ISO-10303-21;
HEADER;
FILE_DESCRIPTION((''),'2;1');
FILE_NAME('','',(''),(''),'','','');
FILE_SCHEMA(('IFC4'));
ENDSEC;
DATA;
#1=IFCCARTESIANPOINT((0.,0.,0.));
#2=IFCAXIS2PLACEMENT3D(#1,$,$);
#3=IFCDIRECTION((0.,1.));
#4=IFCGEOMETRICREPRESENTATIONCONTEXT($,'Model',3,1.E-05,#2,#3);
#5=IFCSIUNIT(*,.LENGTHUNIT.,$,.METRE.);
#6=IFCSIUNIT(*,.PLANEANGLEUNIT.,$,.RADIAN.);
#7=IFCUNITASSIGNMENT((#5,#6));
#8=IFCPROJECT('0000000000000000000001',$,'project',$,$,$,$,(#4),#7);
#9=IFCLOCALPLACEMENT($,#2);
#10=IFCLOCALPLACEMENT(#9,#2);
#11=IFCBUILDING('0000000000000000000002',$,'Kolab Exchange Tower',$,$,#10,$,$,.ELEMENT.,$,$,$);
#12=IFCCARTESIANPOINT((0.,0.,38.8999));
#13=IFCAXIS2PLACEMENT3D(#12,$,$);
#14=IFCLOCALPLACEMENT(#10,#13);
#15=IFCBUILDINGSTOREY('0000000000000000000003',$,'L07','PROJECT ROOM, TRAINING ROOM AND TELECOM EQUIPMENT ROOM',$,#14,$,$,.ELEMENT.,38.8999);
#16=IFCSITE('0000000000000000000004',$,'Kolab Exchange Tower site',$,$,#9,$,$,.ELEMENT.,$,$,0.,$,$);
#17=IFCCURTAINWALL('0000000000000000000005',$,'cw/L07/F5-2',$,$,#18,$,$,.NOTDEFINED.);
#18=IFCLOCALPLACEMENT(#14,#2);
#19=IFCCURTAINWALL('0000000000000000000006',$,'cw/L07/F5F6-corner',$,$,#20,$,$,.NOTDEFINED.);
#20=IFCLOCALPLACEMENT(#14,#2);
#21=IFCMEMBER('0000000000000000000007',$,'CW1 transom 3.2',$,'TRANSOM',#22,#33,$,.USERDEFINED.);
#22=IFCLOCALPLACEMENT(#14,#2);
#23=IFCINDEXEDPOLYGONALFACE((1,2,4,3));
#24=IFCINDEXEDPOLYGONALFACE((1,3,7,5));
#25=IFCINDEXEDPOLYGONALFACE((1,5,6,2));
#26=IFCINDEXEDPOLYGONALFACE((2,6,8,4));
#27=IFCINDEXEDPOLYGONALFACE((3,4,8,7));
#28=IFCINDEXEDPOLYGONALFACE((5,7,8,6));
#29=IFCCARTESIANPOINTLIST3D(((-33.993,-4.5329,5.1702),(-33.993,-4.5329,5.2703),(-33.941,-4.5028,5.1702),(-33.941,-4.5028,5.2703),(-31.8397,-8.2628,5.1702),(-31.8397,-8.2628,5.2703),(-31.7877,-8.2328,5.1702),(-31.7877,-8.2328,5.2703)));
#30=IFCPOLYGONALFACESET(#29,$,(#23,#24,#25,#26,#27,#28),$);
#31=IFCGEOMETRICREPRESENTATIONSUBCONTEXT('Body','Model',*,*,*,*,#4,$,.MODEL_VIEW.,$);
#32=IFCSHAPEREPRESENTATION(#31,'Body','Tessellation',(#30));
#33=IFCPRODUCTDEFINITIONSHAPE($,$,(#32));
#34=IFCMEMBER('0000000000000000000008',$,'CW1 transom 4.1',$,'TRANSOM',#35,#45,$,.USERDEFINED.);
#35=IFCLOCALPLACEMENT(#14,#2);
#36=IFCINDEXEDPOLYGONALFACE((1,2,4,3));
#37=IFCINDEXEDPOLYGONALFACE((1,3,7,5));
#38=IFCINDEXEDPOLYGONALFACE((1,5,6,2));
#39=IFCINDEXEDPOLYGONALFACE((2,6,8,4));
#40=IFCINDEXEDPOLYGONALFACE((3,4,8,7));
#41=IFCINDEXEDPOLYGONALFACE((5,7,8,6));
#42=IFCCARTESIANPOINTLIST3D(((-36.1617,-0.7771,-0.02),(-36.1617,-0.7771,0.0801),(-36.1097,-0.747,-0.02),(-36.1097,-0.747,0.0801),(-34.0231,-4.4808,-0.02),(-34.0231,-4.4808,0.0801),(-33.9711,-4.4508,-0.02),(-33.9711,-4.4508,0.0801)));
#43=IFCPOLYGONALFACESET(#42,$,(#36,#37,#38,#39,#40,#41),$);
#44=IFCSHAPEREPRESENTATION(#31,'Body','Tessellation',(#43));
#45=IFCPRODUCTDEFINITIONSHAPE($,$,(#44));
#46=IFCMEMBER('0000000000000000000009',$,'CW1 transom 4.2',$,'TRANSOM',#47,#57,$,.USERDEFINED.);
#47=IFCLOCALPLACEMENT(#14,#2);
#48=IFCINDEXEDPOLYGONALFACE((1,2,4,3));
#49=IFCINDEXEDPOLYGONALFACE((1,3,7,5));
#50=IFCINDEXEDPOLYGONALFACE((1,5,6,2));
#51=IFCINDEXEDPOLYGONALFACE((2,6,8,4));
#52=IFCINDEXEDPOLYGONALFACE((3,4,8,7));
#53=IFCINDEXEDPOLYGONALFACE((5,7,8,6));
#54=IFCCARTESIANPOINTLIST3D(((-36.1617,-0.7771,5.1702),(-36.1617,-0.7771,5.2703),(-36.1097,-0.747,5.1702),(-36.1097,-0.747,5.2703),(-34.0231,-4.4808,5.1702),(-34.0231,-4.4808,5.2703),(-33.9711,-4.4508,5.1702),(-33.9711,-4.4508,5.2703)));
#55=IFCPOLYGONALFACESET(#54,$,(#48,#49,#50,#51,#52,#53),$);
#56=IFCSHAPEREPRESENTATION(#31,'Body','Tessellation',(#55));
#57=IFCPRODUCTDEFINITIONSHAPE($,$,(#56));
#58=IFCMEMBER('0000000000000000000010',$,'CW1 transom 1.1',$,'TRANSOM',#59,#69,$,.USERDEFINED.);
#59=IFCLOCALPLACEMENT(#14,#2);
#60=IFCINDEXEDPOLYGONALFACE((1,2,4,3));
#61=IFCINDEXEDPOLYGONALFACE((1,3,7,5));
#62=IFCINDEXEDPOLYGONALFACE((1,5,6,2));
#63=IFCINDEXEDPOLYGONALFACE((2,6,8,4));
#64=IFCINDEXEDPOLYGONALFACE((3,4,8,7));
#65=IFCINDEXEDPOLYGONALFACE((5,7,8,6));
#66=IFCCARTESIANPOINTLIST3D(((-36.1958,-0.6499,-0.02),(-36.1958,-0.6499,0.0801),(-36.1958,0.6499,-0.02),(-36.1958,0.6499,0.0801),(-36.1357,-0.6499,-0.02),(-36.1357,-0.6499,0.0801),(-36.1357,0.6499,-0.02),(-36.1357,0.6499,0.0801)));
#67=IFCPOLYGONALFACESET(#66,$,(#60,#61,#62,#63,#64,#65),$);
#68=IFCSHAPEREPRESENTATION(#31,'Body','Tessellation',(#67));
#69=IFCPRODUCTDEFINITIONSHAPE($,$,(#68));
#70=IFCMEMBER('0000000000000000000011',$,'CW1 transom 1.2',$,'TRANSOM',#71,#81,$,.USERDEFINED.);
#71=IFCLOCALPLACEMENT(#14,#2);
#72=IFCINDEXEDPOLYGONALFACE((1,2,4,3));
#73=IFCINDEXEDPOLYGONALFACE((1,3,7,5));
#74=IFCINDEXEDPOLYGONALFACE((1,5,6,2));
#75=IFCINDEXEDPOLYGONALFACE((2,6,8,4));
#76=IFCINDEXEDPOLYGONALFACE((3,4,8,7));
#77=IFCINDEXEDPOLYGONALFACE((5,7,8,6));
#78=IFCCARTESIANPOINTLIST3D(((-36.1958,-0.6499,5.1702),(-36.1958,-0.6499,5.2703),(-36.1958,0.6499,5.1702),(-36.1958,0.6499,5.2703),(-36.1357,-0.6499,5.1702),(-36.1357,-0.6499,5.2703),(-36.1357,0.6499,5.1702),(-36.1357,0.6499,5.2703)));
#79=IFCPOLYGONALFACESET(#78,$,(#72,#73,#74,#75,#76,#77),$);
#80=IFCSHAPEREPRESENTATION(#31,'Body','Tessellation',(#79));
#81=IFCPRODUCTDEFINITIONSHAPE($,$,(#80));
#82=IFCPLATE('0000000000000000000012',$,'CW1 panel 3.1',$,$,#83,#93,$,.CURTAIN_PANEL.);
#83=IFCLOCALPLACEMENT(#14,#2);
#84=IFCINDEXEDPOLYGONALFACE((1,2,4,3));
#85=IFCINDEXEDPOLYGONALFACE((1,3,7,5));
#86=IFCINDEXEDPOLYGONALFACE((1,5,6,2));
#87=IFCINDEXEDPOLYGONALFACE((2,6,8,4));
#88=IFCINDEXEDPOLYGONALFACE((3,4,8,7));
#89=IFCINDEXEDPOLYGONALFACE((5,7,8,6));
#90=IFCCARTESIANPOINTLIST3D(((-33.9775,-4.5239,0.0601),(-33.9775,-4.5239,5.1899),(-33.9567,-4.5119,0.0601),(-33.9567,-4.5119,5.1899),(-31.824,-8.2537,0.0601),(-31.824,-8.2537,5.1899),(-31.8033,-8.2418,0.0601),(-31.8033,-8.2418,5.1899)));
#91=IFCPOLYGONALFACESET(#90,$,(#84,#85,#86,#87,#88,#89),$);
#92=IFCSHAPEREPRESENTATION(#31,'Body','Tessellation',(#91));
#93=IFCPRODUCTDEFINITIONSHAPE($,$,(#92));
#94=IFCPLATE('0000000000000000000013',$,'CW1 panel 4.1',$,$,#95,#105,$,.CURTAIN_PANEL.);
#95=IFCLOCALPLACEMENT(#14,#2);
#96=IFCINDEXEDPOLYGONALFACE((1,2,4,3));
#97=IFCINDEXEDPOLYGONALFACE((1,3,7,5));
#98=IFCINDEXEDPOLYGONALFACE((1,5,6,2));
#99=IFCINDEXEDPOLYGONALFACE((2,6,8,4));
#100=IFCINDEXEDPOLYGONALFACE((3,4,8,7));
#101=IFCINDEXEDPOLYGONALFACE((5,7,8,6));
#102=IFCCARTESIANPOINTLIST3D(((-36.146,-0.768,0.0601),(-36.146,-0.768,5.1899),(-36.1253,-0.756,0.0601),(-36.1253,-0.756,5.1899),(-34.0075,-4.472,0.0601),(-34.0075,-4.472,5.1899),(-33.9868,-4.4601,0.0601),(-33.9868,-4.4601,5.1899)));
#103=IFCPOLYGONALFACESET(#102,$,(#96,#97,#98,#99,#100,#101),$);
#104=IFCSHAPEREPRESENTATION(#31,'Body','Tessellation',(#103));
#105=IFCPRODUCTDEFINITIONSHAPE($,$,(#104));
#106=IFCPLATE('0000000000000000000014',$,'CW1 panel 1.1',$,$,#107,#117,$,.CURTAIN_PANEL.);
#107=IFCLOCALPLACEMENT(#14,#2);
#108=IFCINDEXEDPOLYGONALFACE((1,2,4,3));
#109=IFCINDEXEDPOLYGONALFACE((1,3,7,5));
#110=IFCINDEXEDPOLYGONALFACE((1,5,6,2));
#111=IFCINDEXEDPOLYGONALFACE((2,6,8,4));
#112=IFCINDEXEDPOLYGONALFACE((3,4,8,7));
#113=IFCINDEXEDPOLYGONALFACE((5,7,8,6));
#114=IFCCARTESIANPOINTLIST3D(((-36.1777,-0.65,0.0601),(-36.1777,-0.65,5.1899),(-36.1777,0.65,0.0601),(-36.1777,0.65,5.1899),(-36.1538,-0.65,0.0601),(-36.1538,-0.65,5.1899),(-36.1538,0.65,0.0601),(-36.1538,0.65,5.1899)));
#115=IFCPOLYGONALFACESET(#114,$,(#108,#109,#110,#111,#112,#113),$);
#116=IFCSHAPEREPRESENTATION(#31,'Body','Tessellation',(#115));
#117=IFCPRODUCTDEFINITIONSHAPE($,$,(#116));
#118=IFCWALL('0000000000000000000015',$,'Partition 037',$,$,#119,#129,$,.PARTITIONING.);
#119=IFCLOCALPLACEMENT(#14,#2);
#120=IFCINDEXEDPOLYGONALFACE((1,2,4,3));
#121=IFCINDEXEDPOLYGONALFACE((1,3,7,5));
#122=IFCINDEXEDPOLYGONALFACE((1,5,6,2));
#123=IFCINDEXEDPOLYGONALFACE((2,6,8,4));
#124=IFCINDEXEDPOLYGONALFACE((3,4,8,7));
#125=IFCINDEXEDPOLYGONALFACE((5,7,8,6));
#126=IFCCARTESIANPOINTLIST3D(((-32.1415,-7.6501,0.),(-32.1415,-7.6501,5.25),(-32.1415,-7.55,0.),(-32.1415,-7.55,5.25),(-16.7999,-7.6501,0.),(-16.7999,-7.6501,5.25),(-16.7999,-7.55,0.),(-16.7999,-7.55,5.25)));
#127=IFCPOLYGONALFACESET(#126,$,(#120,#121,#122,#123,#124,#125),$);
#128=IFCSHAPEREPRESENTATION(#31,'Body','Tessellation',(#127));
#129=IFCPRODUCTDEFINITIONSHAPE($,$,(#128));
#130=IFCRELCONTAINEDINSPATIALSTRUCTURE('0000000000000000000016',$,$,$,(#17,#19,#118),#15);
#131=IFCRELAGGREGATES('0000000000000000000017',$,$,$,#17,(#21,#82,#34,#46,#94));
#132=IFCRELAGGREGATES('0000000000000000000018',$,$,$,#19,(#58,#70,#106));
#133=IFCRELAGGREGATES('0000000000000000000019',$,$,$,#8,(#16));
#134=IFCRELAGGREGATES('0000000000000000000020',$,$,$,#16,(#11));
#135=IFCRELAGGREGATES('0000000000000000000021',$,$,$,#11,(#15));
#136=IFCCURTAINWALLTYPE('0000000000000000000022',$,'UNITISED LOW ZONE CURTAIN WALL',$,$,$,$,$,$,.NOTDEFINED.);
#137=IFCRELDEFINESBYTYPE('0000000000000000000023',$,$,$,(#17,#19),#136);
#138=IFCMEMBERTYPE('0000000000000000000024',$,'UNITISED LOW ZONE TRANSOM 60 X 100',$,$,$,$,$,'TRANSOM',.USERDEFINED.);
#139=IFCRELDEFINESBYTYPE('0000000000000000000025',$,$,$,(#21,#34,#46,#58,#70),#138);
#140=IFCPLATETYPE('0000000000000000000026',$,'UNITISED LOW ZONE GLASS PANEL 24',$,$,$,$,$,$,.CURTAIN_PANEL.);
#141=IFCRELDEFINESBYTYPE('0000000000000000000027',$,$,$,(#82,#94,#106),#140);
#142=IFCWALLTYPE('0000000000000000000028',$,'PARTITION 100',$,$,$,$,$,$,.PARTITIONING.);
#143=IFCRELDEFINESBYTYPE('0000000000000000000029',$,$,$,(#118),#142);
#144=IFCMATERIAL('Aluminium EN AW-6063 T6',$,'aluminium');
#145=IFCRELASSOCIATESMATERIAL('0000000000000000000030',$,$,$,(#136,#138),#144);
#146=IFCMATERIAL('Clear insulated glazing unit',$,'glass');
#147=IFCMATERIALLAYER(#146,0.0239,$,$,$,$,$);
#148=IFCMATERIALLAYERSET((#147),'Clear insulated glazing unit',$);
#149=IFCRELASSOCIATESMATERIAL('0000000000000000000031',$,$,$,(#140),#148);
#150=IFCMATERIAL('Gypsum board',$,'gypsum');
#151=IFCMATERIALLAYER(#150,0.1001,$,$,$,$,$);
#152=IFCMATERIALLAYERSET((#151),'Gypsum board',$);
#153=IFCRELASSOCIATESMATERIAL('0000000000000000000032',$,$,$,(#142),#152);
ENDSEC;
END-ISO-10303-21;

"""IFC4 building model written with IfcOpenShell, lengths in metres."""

from ifc_helpers import new_model, si_unit, direction, frame, frame_2d, origin, origin_2d, place, context, subcontext, project, spatial, rectangle, extrude, material, layer, layer_set, material_profile, profile_set, type_object, element, aggregate, save


model = new_model("IFC4")

# Units and contexts
model_context = context("Model", 3, precision=1e-05, world=origin(), true_north=direction((0.0, 1.0)))
body_context = subcontext(model_context, "Body", "Model", "MODEL_VIEW")
ifc_project = project(units=[si_unit("LENGTHUNIT", "METRE"), si_unit("PLANEANGLEUNIT", "RADIAN")], contexts=[model_context])

# Site, building, storey
site_placement = place(None, origin())
site = spatial("IfcSite", under=ifc_project, at=site_placement, Name="Kolab Exchange Tower site", CompositionType="ELEMENT", RefElevation=0.0)
building_placement = place(site_placement, origin())
building = spatial("IfcBuilding", under=site, at=building_placement, Name="Kolab Exchange Tower", CompositionType="ELEMENT")
storey_placement = place(building_placement, frame((0.0, 0.0, 38.8999)))
storey = spatial("IfcBuildingStorey", under=building, at=storey_placement, Name="L07", Description="PROJECT ROOM, TRAINING ROOM AND TELECOM EQUIPMENT ROOM", CompositionType="ELEMENT", Elevation=38.8999)

# Curtain wall
ifc_material_1 = material(Name="Aluminium EN AW-6063 T6", Category="aluminium")
curtain_wall_type = type_object("IfcCurtainWallType", Name="UNITISED LOW ZONE CURTAIN WALL", PredefinedType="NOTDEFINED", material=ifc_material_1)
curtain_wall_1_placement = place(storey_placement, origin())
curtain_wall_1 = element("IfcCurtainWall", 1, at=curtain_wall_1_placement, inside=storey, type_object=curtain_wall_type, Name="cw/L07/F5-2", PredefinedType="NOTDEFINED")

# Curtain wall
curtain_wall_2_placement = place(storey_placement, origin())
curtain_wall_2 = element("IfcCurtainWall", 2, at=curtain_wall_2_placement, inside=storey, type_object=curtain_wall_type, Name="cw/L07/F5F6-corner", PredefinedType="NOTDEFINED")

# Members
ifc_material_profile_1 = material_profile(ifc_material_1, rectangle(XDim=0.0601, YDim=0.1001, at=origin_2d()), Name="RECT 60X100")
ifc_profile_set_1 = profile_set([ifc_material_profile_1], Name="Aluminium EN AW-6063 T6")
member_type_1 = type_object("IfcMemberType", Name="UNITISED LOW ZONE TRANSOM 60 X 100", ElementType="TRANSOM", PredefinedType="USERDEFINED", material=ifc_profile_set_1)
member_1_placement = place(storey_placement, frame((-31.8137, -8.2478, 5.2202), z_axis=(-0.499968, 0.866044, 0.0), x_axis=(-0.866044, -0.499968, 0.0)))
member_1 = element("IfcMember", 3, at=member_1_placement, type_object=member_type_1, Name="CW1 transom 3.2", ObjectType="TRANSOM", PredefinedType="USERDEFINED", context=body_context, shape_type="SweptSolid", body=[
    extrude(rectangle(XDim=0.0601, YDim=0.1001, at=origin_2d()), origin(), (0.0, 0.0, 1.0), 4.3069),
])
member_2_placement = place(storey_placement, frame((-33.9971, -4.4658, 0.03), z_axis=(-0.500044, 0.866, 0.0), x_axis=(-0.866, -0.500044, 0.0)))
member_2 = element("IfcMember", 4, at=member_2_placement, type_object=member_type_1, Name="CW1 transom 4.1", ObjectType="TRANSOM", PredefinedType="USERDEFINED", context=body_context, shape_type="SweptSolid", body=[
    extrude(rectangle(XDim=0.0601, YDim=0.1001, at=origin_2d()), origin(), (0.0, 0.0, 1.0), 4.2769),
])
member_3_placement = place(storey_placement, frame((-33.9971, -4.4658, 5.2202), z_axis=(-0.500044, 0.866, 0.0), x_axis=(-0.866, -0.500044, 0.0)))
member_3 = element("IfcMember", 5, at=member_3_placement, type_object=member_type_1, Name="CW1 transom 4.2", ObjectType="TRANSOM", PredefinedType="USERDEFINED", context=body_context, shape_type="SweptSolid", body=[
    extrude(rectangle(XDim=0.0601, YDim=0.1001, at=origin_2d()), origin(), (0.0, 0.0, 1.0), 4.2769),
])
member_4_placement = place(storey_placement, frame((-36.1658, -0.6499, 0.03), z_axis=(0.0, 1.0, 0.0), x_axis=(-1.0, 0.0, 0.0)))
member_4 = element("IfcMember", 6, at=member_4_placement, type_object=member_type_1, Name="CW1 transom 1.1", ObjectType="TRANSOM", PredefinedType="USERDEFINED", context=body_context, shape_type="SweptSolid", body=[
    extrude(rectangle(XDim=0.0601, YDim=0.1001, at=origin_2d()), origin(), (0.0, 0.0, 1.0), 1.2998),
])
member_5_placement = place(storey_placement, frame((-36.1658, -0.6499, 5.2202), z_axis=(0.0, 1.0, 0.0), x_axis=(-1.0, 0.0, 0.0)))
member_5 = element("IfcMember", 7, at=member_5_placement, type_object=member_type_1, Name="CW1 transom 1.2", ObjectType="TRANSOM", PredefinedType="USERDEFINED", context=body_context, shape_type="SweptSolid", body=[
    extrude(rectangle(XDim=0.0601, YDim=0.1001, at=origin_2d()), origin(), (0.0, 0.0, 1.0), 1.2998),
])

# Plates
ifc_material_2 = material(Name="Clear insulated glazing unit", Category="glass")
ifc_layer_1 = layer(ifc_material_2, 0.0239)
ifc_layer_set_1 = layer_set([ifc_layer_1], Name="Clear insulated glazing unit")
plate_type = type_object("IfcPlateType", Name="UNITISED LOW ZONE GLASS PANEL 24", PredefinedType="CURTAIN_PANEL", material=ifc_layer_set_1)
plate_1_placement = place(storey_placement, frame((-32.8904, -6.3828, 0.0601), z_axis=(0.0, 0.0, 1.0), x_axis=(-0.5, 0.866025, 0.0)))
plate_1 = element("IfcPlate", 8, at=plate_1_placement, type_object=plate_type, Name="CW1 panel 3.1", PredefinedType="CURTAIN_PANEL", context=body_context, shape_type="SweptSolid", body=[
    extrude(rectangle(XDim=4.3069, YDim=0.0239, at=origin_2d()), origin(), (0.0, 0.0, 1.0), 5.1299),
])
plate_2_placement = place(storey_placement, frame((-35.0664, -2.614, 0.0601), z_axis=(0.0, 0.0, 1.0), x_axis=(-0.5, 0.866025, 0.0)))
plate_2 = element("IfcPlate", 9, at=plate_2_placement, type_object=plate_type, Name="CW1 panel 4.1", PredefinedType="CURTAIN_PANEL", context=body_context, shape_type="SweptSolid", body=[
    extrude(rectangle(XDim=4.2771, YDim=0.0239, at=origin_2d()), origin(), (0.0, 0.0, 1.0), 5.1299),
])
aggregate(curtain_wall_1, [member_1, plate_1, member_2, member_3, plate_2])
plate_3_placement = place(storey_placement, frame((-36.1658, 0.0, 0.0601), z_axis=(0.0, 0.0, 1.0), x_axis=(0.0, 1.0, 0.0)))
plate_3 = element("IfcPlate", 10, at=plate_3_placement, type_object=plate_type, Name="CW1 panel 1.1", PredefinedType="CURTAIN_PANEL", context=body_context, shape_type="SweptSolid", body=[
    extrude(rectangle(XDim=1.3, YDim=0.0239, at=origin_2d()), origin(), (0.0, 0.0, 1.0), 5.1299),
])
aggregate(curtain_wall_2, [member_4, member_5, plate_3])

# Wall
ifc_material_3 = material(Name="Gypsum board", Category="gypsum")
ifc_layer_2 = layer(ifc_material_3, 0.1001)
ifc_layer_set_2 = layer_set([ifc_layer_2], Name="Gypsum board")
wall_type = type_object("IfcWallType", Name="PARTITION 100", PredefinedType="PARTITIONING", material=ifc_layer_set_2)
wall_placement = place(storey_placement, frame((-32.1416, -7.6001, 0.0), z_axis=(0.0, 0.0, 1.0), x_axis=(1.0, 0.0, 0.0)))
element("IfcWall", 11, at=wall_placement, inside=storey, type_object=wall_type, Name="Partition 037", PredefinedType="PARTITIONING", context=body_context, shape_type="SweptSolid", body=[
    extrude(rectangle(XDim=15.3416, YDim=0.1001, at=frame_2d((7.6709, 0.0))), origin(), (0.0, 0.0, 1.0), 5.25),
])

save(model, "model.ifc")
